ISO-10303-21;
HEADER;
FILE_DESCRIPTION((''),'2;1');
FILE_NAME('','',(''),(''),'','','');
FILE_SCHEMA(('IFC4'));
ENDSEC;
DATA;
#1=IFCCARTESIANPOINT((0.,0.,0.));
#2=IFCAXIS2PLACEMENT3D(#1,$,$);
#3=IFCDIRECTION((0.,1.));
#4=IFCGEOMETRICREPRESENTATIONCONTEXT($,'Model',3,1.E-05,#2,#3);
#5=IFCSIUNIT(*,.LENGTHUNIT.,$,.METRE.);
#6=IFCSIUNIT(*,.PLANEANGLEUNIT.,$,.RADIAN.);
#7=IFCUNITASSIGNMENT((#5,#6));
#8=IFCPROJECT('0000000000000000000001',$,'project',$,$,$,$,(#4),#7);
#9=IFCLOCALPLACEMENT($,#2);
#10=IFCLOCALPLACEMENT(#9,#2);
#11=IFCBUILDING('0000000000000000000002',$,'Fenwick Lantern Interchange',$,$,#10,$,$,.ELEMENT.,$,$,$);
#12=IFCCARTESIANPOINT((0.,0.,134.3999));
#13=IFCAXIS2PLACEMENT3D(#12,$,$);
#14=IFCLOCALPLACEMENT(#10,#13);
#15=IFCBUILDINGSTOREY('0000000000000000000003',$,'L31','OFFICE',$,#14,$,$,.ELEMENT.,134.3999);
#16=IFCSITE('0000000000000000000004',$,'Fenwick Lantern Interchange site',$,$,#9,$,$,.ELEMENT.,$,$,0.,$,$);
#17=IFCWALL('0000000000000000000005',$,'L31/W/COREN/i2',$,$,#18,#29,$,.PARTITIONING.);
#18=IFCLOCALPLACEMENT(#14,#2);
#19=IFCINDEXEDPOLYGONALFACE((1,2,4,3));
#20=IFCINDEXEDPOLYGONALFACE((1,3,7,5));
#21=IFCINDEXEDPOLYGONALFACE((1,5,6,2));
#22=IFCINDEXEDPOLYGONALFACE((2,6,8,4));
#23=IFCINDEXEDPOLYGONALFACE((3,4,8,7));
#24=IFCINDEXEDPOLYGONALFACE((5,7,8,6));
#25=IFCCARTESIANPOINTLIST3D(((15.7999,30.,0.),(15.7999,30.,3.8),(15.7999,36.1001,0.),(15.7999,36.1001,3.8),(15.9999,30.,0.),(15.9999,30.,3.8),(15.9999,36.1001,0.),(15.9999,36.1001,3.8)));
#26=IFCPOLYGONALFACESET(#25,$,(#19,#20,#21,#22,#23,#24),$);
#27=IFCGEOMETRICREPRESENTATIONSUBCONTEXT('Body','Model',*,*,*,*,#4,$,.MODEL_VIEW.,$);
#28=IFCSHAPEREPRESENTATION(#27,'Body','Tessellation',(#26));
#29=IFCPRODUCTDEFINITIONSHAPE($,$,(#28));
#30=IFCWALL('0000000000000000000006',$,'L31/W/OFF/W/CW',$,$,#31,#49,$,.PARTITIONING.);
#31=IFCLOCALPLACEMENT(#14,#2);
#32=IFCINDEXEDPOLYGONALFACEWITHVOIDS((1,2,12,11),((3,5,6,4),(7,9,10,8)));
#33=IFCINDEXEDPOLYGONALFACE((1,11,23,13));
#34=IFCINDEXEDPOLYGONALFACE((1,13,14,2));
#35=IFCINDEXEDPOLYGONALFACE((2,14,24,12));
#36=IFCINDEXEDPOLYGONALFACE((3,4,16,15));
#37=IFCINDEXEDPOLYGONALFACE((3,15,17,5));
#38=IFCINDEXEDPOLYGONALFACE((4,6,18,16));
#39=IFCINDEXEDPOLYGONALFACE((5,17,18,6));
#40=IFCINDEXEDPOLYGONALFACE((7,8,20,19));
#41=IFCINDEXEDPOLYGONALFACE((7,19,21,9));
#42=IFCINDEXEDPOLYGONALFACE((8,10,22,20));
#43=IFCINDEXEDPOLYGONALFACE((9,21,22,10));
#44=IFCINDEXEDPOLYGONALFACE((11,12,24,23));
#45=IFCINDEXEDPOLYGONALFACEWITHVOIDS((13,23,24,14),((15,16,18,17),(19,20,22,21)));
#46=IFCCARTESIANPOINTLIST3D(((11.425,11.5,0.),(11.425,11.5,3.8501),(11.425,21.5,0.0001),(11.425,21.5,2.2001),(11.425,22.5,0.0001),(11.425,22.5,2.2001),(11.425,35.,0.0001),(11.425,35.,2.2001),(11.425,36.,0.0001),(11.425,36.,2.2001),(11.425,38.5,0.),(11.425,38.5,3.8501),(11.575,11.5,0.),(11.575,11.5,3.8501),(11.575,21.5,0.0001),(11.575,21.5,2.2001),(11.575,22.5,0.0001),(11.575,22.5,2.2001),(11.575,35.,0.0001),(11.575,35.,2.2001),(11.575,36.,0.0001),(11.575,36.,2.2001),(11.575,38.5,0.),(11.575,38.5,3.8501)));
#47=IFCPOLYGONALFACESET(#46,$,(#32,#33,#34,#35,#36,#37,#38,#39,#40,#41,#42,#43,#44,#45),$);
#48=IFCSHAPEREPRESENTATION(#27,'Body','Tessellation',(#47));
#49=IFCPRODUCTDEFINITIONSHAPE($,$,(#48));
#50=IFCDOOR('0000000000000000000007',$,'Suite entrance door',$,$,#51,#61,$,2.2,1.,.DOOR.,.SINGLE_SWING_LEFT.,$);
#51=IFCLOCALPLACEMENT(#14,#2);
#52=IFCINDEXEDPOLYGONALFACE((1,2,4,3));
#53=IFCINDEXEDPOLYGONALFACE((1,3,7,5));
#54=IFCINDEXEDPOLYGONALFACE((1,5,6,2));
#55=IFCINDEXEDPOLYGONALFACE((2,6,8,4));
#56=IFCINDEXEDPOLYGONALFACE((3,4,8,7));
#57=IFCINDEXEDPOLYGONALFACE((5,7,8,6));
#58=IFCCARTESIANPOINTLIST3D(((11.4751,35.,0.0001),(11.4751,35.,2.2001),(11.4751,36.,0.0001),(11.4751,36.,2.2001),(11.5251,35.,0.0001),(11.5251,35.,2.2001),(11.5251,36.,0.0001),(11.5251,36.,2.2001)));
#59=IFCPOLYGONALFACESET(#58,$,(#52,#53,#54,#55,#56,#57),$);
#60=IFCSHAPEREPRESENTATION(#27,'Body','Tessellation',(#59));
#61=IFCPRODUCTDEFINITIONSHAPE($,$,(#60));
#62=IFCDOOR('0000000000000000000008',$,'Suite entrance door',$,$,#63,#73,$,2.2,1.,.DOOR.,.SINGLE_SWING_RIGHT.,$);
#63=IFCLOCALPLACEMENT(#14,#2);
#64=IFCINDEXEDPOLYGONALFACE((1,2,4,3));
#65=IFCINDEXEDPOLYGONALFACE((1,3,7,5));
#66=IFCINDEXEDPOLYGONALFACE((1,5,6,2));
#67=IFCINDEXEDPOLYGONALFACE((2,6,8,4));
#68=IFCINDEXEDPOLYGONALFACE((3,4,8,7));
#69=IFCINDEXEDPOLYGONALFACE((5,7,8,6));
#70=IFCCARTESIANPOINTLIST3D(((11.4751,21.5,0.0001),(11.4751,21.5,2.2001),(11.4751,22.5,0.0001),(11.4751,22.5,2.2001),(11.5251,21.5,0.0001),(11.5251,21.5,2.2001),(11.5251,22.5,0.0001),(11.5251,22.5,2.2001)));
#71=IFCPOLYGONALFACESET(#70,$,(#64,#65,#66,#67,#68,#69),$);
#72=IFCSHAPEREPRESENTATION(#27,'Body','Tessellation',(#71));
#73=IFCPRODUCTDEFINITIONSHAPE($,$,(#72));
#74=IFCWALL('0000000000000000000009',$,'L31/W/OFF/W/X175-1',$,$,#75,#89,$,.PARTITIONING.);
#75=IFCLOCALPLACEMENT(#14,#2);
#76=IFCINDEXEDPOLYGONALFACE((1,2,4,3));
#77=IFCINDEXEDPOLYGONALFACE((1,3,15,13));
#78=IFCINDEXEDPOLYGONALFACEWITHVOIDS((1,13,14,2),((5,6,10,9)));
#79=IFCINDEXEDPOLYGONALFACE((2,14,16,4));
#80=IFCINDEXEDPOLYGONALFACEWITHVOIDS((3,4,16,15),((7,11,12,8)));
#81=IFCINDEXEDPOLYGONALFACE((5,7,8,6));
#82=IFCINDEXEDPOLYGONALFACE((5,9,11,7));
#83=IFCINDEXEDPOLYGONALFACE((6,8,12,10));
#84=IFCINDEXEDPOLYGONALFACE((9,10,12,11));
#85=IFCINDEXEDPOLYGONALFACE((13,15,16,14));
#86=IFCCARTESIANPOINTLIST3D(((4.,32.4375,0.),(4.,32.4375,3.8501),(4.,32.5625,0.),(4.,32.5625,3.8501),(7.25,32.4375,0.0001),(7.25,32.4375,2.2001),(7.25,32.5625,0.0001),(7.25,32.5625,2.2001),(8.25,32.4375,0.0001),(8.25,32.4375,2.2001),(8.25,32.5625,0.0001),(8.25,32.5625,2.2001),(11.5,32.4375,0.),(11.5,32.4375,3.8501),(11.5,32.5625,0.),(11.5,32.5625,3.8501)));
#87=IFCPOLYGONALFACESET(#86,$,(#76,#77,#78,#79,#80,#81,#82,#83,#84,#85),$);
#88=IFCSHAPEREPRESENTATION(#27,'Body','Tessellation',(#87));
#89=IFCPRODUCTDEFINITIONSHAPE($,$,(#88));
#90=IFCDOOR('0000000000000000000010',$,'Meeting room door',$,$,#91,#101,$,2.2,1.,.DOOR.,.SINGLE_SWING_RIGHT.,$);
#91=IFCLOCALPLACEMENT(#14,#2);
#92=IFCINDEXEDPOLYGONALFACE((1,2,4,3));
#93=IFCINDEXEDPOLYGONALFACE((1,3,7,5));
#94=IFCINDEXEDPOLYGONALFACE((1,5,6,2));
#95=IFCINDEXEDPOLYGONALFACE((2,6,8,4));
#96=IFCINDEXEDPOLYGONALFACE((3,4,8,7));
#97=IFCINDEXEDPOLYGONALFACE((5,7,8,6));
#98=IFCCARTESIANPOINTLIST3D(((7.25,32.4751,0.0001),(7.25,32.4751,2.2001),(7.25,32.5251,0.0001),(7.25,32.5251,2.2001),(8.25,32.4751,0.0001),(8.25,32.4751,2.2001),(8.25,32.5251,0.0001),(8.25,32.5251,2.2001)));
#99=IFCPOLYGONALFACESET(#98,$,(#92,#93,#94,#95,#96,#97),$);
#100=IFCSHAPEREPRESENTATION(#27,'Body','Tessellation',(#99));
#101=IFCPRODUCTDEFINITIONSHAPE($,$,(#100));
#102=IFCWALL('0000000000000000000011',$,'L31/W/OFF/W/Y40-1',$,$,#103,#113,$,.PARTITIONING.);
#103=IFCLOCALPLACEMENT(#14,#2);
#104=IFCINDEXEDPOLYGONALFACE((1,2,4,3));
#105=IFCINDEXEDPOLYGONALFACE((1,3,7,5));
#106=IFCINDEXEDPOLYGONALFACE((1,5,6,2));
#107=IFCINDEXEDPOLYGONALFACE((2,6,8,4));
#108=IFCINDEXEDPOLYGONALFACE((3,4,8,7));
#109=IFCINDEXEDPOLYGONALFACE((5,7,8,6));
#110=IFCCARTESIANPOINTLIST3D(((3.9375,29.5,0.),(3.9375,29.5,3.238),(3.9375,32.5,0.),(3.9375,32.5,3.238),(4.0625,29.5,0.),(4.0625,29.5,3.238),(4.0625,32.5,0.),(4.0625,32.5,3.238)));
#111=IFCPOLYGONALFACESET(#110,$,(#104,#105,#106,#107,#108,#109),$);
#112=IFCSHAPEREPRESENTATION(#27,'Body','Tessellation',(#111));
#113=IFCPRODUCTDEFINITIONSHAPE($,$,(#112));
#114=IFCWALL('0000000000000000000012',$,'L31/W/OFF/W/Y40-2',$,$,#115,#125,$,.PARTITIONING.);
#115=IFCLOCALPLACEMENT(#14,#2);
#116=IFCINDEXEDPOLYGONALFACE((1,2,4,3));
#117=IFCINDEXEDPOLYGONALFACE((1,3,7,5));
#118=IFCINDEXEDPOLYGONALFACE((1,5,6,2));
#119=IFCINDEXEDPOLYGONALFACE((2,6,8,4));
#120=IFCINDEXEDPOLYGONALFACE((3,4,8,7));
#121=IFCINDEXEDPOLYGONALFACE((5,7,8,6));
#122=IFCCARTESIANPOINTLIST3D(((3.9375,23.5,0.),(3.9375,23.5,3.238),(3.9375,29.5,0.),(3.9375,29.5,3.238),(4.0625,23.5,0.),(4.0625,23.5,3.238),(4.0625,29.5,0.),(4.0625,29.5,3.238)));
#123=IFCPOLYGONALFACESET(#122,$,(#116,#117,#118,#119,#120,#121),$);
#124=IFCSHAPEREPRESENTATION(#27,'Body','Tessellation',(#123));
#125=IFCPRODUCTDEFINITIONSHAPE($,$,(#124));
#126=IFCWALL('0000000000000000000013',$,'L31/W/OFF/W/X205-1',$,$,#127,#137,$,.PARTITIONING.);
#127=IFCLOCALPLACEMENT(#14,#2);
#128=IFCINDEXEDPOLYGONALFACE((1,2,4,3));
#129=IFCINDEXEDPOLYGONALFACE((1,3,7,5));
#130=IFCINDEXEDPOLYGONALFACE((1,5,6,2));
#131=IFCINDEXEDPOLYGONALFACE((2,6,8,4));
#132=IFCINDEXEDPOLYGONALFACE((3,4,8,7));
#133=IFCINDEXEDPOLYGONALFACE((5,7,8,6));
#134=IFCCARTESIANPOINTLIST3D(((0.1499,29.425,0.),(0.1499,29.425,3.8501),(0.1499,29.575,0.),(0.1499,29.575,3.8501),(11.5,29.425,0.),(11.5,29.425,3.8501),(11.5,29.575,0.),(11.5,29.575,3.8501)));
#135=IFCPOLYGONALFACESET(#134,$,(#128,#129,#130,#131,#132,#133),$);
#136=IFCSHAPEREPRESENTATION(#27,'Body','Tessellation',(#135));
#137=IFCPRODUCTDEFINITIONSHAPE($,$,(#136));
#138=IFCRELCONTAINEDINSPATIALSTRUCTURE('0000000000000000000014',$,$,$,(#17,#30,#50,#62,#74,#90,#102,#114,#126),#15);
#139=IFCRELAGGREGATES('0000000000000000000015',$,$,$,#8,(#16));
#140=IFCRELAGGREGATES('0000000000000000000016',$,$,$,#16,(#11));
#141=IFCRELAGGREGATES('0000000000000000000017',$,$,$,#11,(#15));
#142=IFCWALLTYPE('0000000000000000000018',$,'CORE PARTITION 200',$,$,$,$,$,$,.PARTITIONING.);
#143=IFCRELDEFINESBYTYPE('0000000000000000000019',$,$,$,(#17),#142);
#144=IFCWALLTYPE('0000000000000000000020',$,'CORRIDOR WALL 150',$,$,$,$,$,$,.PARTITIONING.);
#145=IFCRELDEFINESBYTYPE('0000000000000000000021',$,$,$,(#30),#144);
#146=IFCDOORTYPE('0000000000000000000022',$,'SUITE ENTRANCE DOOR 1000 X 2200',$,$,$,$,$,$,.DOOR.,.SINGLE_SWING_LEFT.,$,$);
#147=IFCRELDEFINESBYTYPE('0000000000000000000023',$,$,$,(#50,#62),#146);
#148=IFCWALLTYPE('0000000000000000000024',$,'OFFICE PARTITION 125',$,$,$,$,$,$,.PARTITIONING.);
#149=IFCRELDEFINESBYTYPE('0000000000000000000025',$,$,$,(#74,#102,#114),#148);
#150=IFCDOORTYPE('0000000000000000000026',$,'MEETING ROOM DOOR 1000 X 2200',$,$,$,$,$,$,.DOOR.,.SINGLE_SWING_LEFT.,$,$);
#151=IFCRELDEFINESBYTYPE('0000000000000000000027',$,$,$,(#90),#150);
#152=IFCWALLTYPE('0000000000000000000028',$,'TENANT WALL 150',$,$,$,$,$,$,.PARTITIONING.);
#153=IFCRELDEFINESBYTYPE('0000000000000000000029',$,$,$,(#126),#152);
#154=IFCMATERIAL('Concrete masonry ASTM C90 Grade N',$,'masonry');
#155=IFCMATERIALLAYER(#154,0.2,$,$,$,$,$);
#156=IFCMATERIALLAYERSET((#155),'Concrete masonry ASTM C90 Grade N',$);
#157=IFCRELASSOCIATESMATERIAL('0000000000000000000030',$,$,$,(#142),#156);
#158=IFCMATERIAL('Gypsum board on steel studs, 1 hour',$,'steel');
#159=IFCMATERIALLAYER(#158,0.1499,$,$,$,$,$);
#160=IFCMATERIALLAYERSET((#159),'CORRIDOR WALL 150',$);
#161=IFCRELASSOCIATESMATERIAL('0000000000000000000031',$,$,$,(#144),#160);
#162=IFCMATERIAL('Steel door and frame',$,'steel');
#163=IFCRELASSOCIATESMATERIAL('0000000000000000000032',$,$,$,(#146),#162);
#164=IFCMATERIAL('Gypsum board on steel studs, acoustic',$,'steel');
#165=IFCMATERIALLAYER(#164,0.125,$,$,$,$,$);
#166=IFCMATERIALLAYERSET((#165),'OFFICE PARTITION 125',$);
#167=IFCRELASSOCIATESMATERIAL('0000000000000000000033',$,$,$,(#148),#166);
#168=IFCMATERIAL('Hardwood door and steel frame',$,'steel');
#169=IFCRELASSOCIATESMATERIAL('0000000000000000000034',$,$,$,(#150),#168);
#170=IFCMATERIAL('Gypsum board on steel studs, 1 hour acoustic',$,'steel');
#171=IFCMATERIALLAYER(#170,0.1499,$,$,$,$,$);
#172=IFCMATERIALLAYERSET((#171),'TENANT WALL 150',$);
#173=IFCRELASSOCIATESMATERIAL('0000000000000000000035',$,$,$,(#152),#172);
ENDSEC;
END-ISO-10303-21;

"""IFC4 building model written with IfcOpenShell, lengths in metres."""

from ifc_helpers import new_model, si_unit, direction, frame, frame_2d, origin, place, context, subcontext, project, spatial, rectangle, extrude, material, layer, layer_set, type_object, element, fill, save


model = new_model("IFC4")

# Units and contexts
model_context = context("Model", 3, precision=1e-05, world=origin(), true_north=direction((0.0, 1.0)))
body_context = subcontext(model_context, "Body", "Model", "MODEL_VIEW")
ifc_project = project(units=[si_unit("LENGTHUNIT", "METRE"), si_unit("PLANEANGLEUNIT", "RADIAN")], contexts=[model_context])

# Site, building, storey
site_placement = place(None, origin())
site = spatial("IfcSite", under=ifc_project, at=site_placement, Name="Fenwick Lantern Interchange site", CompositionType="ELEMENT", RefElevation=0.0)
building_placement = place(site_placement, origin())
building = spatial("IfcBuilding", under=site, at=building_placement, Name="Fenwick Lantern Interchange", CompositionType="ELEMENT")
storey_placement = place(building_placement, frame((0.0, 0.0, 134.3999)))
storey = spatial("IfcBuildingStorey", under=building, at=storey_placement, Name="L31", Description="OFFICE", CompositionType="ELEMENT", Elevation=134.3999)

# Wall
ifc_material_1 = material(Name="Concrete masonry ASTM C90 Grade N", Category="masonry")
ifc_layer_1 = layer(ifc_material_1, 0.2)
ifc_layer_set_1 = layer_set([ifc_layer_1], Name="Concrete masonry ASTM C90 Grade N")
wall_type_1 = type_object("IfcWallType", Name="CORE PARTITION 200", PredefinedType="PARTITIONING", material=ifc_layer_set_1)
wall_1_placement = place(storey_placement, frame((15.8999, 36.1001, 0.0), z_axis=(0.0, 0.0, 1.0), x_axis=(0.0, -1.0, 0.0)))
element("IfcWall", 1, at=wall_1_placement, inside=storey, type_object=wall_type_1, Name="L31/W/COREN/i2", PredefinedType="PARTITIONING", context=body_context, shape_type="SweptSolid", body=[
    extrude(rectangle(XDim=6.1001, YDim=0.2, at=frame_2d((3.05, 0.0))), origin(), (0.0, 0.0, 1.0), 3.8),
])

# Wall, openings, doors
ifc_material_2 = material(Name="Steel door and frame", Category="steel")
ifc_material_3 = material(Name="Hardwood door and steel frame", Category="steel")
ifc_material_4 = material(Name="Gypsum board on steel studs, 1 hour", Category="steel")
ifc_layer_2 = layer(ifc_material_4, 0.1499)
ifc_layer_set_2 = layer_set([ifc_layer_2], Name="CORRIDOR WALL 150")
wall_type_2 = type_object("IfcWallType", Name="CORRIDOR WALL 150", PredefinedType="PARTITIONING", material=ifc_layer_set_2)
wall_2_placement = place(storey_placement, frame((11.5, 38.5, 0.0), z_axis=(0.0, 0.0, 1.0), x_axis=(0.0, -1.0, 0.0)))
wall_2 = element("IfcWall", 2, at=wall_2_placement, inside=storey, type_object=wall_type_2, Name="L31/W/OFF/W/CW", PredefinedType="PARTITIONING", context=body_context, shape_type="SweptSolid", body=[
    extrude(rectangle(XDim=27.0, YDim=0.1499, at=frame_2d((13.5, 0.0))), origin(), (0.0, 0.0, 1.0), 3.8501),
])
opening_1_placement = place(wall_2_placement, frame((2.5, 0.0, 0.0)))
opening_1 = element("IfcOpeningElement", 3, at=opening_1_placement, cuts=wall_2, PredefinedType="OPENING", context=body_context, shape_type="SweptSolid", body=[
    extrude(rectangle(XDim=1.0, YDim=2.2, at=frame_2d((0.5, 1.1001))), frame((0.0, 0.085, 0.0), z_axis=(0.0, -1.0, 0.0), x_axis=(1.0, 0.0, 0.0)), (0.0, 0.0, 1.0), 0.1699),
])
opening_2_placement = place(wall_2_placement, frame((16.0, 0.0, 0.0)))
opening_2 = element("IfcOpeningElement", 4, at=opening_2_placement, cuts=wall_2, PredefinedType="OPENING", context=body_context, shape_type="SweptSolid", body=[
    extrude(rectangle(XDim=1.0, YDim=2.2, at=frame_2d((0.5, 1.1001))), frame((0.0, 0.085, 0.0), z_axis=(0.0, -1.0, 0.0), x_axis=(1.0, 0.0, 0.0)), (0.0, 0.0, 1.0), 0.1699),
])
door_type_1 = type_object("IfcDoorType", Name="SUITE ENTRANCE DOOR 1000 X 2200", OperationType="SINGLE_SWING_LEFT", PredefinedType="DOOR", material=ifc_material_2)
door_1_placement = place(opening_1_placement, frame((1.0, 0.0, 0.0), z_axis=(0.0, 0.0, 1.0), x_axis=(-1.0, 0.0, 0.0)))
door_1 = element("IfcDoor", 5, at=door_1_placement, inside=storey, type_object=door_type_1, Name="Suite entrance door", OperationType="SINGLE_SWING_LEFT", OverallHeight=2.2, OverallWidth=1.0, PredefinedType="DOOR", context=body_context, shape_type="SweptSolid", body=[
    extrude(rectangle(XDim=1.0, YDim=2.2, at=frame_2d((0.5, 1.1001))), frame((0.0, 0.0249, 0.0), z_axis=(0.0, -1.0, 0.0), x_axis=(1.0, 0.0, 0.0)), (0.0, 0.0, 1.0), 0.05),
])
fill(opening_1, door_1)
door_2_placement = place(opening_2_placement, frame((1.0, 0.0, 0.0), z_axis=(0.0, 0.0, 1.0), x_axis=(-1.0, 0.0, 0.0)))
door_2 = element("IfcDoor", 6, at=door_2_placement, inside=storey, type_object=door_type_1, Name="Suite entrance door", OperationType="SINGLE_SWING_RIGHT", OverallHeight=2.2, OverallWidth=1.0, PredefinedType="DOOR", context=body_context, shape_type="SweptSolid", body=[
    extrude(rectangle(XDim=1.0, YDim=2.2, at=frame_2d((0.5, 1.1001))), frame((0.0, 0.0249, 0.0), z_axis=(0.0, -1.0, 0.0), x_axis=(1.0, 0.0, 0.0)), (0.0, 0.0, 1.0), 0.05),
])
fill(opening_2, door_2)

# Wall, opening, door
ifc_material_5 = material(Name="Gypsum board on steel studs, acoustic", Category="steel")
ifc_layer_3 = layer(ifc_material_5, 0.125)
ifc_layer_set_3 = layer_set([ifc_layer_3], Name="OFFICE PARTITION 125")
wall_type_3 = type_object("IfcWallType", Name="OFFICE PARTITION 125", PredefinedType="PARTITIONING", material=ifc_layer_set_3)
wall_3_placement = place(storey_placement, frame((4.0, 32.5, 0.0), z_axis=(0.0, 0.0, 1.0), x_axis=(1.0, 0.0, 0.0)))
wall_3 = element("IfcWall", 7, at=wall_3_placement, inside=storey, type_object=wall_type_3, Name="L31/W/OFF/W/X175-1", PredefinedType="PARTITIONING", context=body_context, shape_type="SweptSolid", body=[
    extrude(rectangle(XDim=7.5, YDim=0.125, at=frame_2d((3.75, 0.0))), origin(), (0.0, 0.0, 1.0), 3.8501),
])
opening_3_placement = place(wall_3_placement, frame((3.25, 0.0, 0.0)))
opening_3 = element("IfcOpeningElement", 8, at=opening_3_placement, cuts=wall_3, PredefinedType="OPENING", context=body_context, shape_type="SweptSolid", body=[
    extrude(rectangle(XDim=1.0, YDim=2.2, at=frame_2d((0.5, 1.1001))), frame((0.0, 0.0725, 0.0), z_axis=(0.0, -1.0, 0.0), x_axis=(1.0, 0.0, 0.0)), (0.0, 0.0, 1.0), 0.145),
])
door_type_2 = type_object("IfcDoorType", Name="MEETING ROOM DOOR 1000 X 2200", OperationType="SINGLE_SWING_LEFT", PredefinedType="DOOR", material=ifc_material_3)
door_3_placement = place(opening_3_placement, frame((1.0, 0.0, 0.0), z_axis=(0.0, 0.0, 1.0), x_axis=(-1.0, 0.0, 0.0)))
door_3 = element("IfcDoor", 9, at=door_3_placement, inside=storey, type_object=door_type_2, Name="Meeting room door", OperationType="SINGLE_SWING_RIGHT", OverallHeight=2.2, OverallWidth=1.0, PredefinedType="DOOR", context=body_context, shape_type="SweptSolid", body=[
    extrude(rectangle(XDim=1.0, YDim=2.2, at=frame_2d((0.5, 1.1001))), frame((0.0, 0.0249, 0.0), z_axis=(0.0, -1.0, 0.0), x_axis=(1.0, 0.0, 0.0)), (0.0, 0.0, 1.0), 0.05),
])
fill(opening_3, door_3)

# Walls
wall_4_placement = place(storey_placement, frame((4.0, 32.5, 0.0), z_axis=(0.0, 0.0, 1.0), x_axis=(0.0, -1.0, 0.0)))
element("IfcWall", 10, at=wall_4_placement, inside=storey, type_object=wall_type_3, Name="L31/W/OFF/W/Y40-1", PredefinedType="PARTITIONING", context=body_context, shape_type="SweptSolid", body=[
    extrude(rectangle(XDim=3.0, YDim=0.125, at=frame_2d((1.5, 0.0))), origin(), (0.0, 0.0, 1.0), 3.238),
])
wall_5_placement = place(storey_placement, frame((4.0, 29.5, 0.0), z_axis=(0.0, 0.0, 1.0), x_axis=(0.0, -1.0, 0.0)))
element("IfcWall", 11, at=wall_5_placement, inside=storey, type_object=wall_type_3, Name="L31/W/OFF/W/Y40-2", PredefinedType="PARTITIONING", context=body_context, shape_type="SweptSolid", body=[
    extrude(rectangle(XDim=6.0, YDim=0.125, at=frame_2d((3.0, 0.0))), origin(), (0.0, 0.0, 1.0), 3.238),
])
ifc_material_6 = material(Name="Gypsum board on steel studs, 1 hour acoustic", Category="steel")
ifc_layer_4 = layer(ifc_material_6, 0.1499)
ifc_layer_set_4 = layer_set([ifc_layer_4], Name="TENANT WALL 150")
wall_type_4 = type_object("IfcWallType", Name="TENANT WALL 150", PredefinedType="PARTITIONING", material=ifc_layer_set_4)
wall_6_placement = place(storey_placement, frame((0.1499, 29.5, 0.0), z_axis=(0.0, 0.0, 1.0), x_axis=(1.0, 0.0, 0.0)))
element("IfcWall", 12, at=wall_6_placement, inside=storey, type_object=wall_type_4, Name="L31/W/OFF/W/X205-1", PredefinedType="PARTITIONING", context=body_context, shape_type="SweptSolid", body=[
    extrude(rectangle(XDim=11.3501, YDim=0.1499, at=frame_2d((5.675, 0.0))), origin(), (0.0, 0.0, 1.0), 3.8501),
])

save(model, "model.ifc")
